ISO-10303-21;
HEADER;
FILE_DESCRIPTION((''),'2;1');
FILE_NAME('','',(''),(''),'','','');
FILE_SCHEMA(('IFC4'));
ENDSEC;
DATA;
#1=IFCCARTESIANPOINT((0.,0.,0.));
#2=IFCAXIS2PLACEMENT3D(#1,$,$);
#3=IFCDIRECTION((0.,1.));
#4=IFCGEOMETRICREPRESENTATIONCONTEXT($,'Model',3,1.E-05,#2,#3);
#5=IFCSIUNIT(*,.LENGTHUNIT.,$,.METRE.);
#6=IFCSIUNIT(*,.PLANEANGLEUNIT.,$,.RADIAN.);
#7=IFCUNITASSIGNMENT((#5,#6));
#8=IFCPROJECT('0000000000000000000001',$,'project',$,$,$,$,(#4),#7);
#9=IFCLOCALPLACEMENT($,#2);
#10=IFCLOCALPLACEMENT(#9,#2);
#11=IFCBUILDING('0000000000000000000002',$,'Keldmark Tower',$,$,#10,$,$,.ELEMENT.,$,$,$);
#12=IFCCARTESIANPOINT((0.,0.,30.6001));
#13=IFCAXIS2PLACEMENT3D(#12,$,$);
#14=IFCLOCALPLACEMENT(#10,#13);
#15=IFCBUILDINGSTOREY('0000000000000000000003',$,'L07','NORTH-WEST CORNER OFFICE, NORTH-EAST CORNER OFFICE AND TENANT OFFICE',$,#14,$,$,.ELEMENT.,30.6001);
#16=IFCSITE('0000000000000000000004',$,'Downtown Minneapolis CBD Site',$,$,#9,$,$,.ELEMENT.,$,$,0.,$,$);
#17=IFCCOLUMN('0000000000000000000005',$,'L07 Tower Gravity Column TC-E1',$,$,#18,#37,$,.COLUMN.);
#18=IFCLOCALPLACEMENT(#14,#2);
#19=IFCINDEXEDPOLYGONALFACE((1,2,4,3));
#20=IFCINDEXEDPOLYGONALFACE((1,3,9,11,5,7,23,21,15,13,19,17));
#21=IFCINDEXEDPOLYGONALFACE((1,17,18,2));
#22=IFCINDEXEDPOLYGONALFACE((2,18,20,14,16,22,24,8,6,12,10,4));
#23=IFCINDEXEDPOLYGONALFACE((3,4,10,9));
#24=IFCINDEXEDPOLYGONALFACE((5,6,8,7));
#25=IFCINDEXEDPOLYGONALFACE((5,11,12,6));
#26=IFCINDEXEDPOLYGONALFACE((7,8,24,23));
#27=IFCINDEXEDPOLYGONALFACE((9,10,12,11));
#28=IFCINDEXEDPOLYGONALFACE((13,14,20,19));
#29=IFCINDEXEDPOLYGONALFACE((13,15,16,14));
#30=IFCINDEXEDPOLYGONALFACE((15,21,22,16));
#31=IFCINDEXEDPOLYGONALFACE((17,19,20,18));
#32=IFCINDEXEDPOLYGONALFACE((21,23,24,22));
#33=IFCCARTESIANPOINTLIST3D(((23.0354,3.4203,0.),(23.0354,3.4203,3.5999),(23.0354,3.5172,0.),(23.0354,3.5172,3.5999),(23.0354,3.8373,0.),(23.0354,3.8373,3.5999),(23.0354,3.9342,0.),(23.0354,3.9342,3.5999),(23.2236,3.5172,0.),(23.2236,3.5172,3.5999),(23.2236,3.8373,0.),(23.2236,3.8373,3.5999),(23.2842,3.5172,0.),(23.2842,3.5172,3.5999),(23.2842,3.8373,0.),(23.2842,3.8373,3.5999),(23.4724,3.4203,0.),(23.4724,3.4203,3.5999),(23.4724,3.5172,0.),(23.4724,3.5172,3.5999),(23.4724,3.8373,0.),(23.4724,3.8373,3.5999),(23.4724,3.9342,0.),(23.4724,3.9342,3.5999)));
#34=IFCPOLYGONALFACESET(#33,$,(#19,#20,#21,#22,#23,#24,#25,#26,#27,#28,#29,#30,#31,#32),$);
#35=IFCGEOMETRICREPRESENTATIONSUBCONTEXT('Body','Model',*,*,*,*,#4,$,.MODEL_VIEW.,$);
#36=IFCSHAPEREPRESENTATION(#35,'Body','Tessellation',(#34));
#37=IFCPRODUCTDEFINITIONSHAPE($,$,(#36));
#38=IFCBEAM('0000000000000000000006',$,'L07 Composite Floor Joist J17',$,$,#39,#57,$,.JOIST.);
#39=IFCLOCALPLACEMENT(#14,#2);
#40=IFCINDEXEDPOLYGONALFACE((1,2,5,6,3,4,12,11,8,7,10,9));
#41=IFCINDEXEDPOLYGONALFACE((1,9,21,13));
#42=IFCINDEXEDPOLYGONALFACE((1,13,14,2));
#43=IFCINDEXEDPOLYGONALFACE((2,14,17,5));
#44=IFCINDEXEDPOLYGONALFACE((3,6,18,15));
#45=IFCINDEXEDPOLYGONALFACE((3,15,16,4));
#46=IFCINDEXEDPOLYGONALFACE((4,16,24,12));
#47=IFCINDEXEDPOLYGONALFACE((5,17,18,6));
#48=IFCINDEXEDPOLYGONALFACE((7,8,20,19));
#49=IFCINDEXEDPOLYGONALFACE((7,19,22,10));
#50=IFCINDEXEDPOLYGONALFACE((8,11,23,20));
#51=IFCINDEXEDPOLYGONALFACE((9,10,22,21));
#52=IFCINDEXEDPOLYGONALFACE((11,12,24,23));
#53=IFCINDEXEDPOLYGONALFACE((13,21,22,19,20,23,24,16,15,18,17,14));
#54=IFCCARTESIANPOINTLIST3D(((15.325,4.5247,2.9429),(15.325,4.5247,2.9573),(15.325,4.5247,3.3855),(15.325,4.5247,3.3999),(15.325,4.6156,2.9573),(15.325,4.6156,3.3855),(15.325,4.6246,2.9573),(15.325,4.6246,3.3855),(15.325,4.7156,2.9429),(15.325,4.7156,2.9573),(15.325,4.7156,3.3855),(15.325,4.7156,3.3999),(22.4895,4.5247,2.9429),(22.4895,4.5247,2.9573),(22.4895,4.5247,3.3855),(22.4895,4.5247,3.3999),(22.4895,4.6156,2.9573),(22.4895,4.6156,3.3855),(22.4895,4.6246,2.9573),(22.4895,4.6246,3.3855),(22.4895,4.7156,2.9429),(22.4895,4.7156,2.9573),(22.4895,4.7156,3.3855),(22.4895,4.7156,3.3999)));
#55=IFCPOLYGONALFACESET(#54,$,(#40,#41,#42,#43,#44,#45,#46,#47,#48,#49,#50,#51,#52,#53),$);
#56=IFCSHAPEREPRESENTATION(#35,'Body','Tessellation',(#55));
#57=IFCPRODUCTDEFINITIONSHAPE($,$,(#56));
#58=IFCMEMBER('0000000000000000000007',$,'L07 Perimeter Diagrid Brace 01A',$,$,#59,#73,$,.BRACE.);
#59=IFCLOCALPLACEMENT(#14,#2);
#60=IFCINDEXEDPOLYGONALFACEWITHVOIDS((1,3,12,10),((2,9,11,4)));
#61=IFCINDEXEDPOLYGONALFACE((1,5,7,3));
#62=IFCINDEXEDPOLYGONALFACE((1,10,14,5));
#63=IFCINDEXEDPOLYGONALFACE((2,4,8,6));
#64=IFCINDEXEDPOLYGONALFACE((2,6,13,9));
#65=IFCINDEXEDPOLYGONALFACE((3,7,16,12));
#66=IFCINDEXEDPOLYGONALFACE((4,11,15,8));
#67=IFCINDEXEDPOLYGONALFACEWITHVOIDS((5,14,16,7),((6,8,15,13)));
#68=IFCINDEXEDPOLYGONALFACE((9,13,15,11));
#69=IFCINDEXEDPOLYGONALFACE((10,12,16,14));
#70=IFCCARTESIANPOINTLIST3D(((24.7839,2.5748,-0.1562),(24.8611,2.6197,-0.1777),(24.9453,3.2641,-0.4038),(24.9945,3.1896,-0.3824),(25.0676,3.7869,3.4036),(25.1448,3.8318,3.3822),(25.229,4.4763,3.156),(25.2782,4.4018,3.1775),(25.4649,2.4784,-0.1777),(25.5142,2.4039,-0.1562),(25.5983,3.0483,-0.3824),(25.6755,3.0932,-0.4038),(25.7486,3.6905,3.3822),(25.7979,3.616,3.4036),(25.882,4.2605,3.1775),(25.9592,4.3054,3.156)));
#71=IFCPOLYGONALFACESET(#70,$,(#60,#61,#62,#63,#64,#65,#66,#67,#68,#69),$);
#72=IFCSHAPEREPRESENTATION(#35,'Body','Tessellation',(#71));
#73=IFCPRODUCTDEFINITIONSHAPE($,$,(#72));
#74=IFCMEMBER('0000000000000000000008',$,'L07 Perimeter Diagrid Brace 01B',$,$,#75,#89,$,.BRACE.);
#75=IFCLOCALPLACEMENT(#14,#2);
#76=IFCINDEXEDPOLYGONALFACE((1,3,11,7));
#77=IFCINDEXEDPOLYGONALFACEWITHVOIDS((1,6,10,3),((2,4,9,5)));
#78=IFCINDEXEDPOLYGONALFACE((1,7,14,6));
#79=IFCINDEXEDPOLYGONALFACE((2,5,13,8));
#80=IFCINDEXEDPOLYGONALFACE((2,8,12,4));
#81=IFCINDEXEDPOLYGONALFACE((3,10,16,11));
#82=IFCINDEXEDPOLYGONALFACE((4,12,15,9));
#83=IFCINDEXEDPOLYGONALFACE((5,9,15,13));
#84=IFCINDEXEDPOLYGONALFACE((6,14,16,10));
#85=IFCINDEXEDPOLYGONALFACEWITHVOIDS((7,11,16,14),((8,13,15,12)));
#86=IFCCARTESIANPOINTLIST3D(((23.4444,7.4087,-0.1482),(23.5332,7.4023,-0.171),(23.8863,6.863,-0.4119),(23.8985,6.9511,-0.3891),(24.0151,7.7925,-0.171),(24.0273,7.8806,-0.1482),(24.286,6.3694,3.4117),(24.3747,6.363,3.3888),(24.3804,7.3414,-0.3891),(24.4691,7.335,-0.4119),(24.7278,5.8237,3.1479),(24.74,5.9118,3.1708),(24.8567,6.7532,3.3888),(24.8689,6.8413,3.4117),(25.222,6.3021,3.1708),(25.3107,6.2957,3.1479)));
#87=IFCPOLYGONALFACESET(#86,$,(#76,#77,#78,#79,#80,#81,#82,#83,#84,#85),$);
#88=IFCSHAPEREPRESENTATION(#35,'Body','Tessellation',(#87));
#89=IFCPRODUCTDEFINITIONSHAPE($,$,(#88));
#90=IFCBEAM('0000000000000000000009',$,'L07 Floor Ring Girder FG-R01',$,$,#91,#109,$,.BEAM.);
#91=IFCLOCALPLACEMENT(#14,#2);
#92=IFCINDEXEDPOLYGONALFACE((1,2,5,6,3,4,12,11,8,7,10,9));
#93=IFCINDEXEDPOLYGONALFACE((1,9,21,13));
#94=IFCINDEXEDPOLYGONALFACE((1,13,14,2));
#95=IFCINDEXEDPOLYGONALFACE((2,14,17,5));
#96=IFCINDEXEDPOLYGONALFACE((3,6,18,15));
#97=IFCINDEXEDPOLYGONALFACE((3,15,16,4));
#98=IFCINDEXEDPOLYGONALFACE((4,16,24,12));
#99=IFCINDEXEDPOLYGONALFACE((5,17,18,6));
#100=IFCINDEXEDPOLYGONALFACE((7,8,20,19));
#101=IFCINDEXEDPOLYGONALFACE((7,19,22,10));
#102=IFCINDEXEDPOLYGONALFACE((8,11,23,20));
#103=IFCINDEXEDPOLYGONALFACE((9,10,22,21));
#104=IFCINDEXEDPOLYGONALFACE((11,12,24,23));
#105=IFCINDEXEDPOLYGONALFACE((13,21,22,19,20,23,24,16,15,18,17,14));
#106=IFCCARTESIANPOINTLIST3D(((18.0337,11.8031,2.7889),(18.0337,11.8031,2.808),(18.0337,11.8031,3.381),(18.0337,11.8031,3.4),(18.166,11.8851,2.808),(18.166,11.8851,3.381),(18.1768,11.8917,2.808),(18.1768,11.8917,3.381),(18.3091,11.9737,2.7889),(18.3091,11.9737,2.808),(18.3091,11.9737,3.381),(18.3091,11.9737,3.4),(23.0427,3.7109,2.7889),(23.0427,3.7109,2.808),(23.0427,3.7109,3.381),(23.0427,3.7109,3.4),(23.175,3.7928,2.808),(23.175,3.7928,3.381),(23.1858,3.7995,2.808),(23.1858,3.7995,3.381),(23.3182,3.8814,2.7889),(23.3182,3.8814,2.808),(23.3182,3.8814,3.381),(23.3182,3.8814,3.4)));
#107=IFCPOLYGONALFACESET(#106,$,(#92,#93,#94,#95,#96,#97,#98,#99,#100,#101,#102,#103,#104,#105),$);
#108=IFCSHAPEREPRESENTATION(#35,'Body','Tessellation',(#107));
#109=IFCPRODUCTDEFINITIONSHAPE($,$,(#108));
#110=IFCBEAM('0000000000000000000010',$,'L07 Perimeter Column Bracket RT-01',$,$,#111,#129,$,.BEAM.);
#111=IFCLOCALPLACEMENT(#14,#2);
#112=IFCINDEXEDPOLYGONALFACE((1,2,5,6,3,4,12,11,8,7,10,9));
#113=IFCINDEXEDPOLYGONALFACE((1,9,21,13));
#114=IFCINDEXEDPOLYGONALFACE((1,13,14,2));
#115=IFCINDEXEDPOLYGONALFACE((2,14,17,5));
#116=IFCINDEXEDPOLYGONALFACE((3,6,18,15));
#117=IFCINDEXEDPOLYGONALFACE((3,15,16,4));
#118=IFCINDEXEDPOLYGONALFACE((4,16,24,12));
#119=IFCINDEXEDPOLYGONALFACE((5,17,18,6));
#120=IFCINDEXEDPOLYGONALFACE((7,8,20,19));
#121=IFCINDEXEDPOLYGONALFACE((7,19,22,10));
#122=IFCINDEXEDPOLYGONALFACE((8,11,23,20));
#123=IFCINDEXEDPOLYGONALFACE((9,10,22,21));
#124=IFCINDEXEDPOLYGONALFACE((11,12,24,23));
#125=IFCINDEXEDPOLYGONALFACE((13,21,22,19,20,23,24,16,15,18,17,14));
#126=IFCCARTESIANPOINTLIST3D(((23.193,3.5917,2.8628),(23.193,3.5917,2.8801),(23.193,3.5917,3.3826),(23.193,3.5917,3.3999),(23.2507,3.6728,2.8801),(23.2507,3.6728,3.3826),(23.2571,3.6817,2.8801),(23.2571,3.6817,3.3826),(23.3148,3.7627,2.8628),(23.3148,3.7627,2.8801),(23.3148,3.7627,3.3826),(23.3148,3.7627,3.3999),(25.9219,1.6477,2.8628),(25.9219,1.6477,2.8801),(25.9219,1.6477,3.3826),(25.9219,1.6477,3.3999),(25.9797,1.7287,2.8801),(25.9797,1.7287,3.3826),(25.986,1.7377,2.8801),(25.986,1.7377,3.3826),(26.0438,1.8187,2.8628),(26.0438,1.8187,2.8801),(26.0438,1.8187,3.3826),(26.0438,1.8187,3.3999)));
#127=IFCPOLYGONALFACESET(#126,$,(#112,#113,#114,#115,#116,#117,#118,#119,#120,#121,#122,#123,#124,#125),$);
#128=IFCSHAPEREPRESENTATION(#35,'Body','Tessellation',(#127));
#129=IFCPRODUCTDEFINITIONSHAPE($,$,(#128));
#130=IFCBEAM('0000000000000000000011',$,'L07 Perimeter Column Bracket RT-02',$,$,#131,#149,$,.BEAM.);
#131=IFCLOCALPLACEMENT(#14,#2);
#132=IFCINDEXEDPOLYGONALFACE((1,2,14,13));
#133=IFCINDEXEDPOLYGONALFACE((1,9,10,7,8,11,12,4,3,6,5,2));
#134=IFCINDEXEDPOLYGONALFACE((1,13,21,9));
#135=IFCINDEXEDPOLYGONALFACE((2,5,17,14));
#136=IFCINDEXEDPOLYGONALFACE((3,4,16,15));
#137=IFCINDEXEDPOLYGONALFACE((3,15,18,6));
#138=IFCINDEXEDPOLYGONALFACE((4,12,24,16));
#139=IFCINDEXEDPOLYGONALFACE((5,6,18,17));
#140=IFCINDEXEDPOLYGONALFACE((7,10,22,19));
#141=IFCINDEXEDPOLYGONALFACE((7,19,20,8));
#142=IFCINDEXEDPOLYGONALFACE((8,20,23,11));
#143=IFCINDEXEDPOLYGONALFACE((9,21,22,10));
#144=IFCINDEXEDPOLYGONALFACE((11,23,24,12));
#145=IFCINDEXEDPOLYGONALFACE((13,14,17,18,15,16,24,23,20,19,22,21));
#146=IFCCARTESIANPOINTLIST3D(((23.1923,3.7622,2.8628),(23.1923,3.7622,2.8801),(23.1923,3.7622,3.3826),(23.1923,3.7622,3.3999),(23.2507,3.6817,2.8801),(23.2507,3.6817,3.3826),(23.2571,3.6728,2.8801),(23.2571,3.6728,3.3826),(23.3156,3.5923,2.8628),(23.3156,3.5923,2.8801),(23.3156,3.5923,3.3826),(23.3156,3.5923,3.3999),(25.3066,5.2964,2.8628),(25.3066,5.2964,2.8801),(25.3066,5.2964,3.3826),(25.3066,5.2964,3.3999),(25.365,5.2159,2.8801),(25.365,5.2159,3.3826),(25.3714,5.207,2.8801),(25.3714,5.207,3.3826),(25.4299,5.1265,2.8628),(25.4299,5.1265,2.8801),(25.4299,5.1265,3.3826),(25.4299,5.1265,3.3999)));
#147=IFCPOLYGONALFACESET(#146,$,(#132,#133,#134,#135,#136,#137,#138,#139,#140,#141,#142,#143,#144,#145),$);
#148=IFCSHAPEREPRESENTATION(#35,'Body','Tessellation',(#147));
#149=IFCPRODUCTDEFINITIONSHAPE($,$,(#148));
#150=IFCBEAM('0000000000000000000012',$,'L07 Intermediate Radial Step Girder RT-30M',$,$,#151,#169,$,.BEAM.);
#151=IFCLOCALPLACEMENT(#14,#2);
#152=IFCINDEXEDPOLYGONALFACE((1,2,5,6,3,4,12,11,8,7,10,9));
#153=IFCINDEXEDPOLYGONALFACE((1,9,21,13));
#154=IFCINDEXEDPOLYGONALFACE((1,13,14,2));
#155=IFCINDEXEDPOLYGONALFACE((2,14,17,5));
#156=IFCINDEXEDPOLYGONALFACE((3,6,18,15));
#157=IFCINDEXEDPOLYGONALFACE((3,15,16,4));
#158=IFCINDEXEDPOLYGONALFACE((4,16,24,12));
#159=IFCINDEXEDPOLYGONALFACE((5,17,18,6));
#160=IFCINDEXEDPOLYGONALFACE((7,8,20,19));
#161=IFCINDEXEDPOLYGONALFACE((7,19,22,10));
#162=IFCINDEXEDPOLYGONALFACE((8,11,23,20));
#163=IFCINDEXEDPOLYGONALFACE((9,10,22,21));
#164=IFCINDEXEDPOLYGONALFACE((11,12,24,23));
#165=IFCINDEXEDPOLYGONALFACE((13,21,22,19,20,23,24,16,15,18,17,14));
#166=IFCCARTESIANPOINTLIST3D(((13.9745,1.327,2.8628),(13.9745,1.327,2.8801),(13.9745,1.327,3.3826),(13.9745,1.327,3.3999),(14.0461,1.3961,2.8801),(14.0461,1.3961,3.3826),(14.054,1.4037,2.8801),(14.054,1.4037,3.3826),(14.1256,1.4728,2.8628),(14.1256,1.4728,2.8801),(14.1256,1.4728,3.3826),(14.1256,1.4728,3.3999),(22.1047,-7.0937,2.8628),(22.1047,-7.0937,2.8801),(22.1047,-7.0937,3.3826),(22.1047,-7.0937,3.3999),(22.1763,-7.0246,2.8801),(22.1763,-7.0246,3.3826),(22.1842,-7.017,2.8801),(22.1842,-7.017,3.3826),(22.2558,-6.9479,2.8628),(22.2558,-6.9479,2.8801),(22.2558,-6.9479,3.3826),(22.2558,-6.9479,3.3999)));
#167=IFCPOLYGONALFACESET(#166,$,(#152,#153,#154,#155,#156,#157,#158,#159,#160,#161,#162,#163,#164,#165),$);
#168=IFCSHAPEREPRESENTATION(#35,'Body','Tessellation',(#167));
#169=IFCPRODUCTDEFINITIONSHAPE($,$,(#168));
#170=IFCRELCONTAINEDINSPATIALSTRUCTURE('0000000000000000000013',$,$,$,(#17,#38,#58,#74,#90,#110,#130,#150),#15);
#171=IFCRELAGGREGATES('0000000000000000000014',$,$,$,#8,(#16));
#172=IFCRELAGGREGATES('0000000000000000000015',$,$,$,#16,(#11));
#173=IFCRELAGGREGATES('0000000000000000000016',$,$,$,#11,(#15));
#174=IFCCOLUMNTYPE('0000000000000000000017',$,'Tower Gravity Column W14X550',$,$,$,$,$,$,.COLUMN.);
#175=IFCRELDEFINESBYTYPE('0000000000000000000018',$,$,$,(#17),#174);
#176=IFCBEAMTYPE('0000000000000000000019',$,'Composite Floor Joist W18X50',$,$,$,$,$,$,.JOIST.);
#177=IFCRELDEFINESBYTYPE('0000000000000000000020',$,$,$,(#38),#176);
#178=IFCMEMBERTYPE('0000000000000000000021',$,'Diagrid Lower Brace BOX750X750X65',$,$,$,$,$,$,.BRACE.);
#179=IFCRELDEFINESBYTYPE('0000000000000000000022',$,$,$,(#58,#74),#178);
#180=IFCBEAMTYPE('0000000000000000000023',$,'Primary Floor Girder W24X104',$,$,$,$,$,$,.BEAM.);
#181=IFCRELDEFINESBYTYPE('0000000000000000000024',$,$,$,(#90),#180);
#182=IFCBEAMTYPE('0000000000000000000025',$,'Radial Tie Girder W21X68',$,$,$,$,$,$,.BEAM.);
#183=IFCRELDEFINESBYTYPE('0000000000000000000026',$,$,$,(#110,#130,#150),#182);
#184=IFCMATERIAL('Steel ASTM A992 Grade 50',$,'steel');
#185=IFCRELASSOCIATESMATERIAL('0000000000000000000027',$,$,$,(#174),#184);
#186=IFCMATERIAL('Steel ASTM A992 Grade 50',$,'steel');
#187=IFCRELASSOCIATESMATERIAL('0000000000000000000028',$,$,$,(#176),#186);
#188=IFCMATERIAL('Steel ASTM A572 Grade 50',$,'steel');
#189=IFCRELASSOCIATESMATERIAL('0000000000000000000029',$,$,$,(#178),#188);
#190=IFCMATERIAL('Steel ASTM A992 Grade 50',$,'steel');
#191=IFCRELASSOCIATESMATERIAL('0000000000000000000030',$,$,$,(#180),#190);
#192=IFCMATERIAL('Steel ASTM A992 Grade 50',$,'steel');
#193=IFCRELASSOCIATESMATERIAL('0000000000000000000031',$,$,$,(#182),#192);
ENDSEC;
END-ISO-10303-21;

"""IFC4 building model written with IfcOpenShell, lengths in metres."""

from ifc_helpers import new_model, si_unit, direction, frame, origin, origin_2d, place, context, subcontext, project, spatial, hollow_rectangle, i_section, extrude, material, material_profile, profile_set, type_object, element, save


model = new_model("IFC4")

# Units and contexts
model_context = context("Model", 3, precision=1e-05, world=origin(), true_north=direction((0.0, 1.0)))
body_context = subcontext(model_context, "Body", "Model", "MODEL_VIEW")
ifc_project = project(units=[si_unit("LENGTHUNIT", "METRE"), si_unit("PLANEANGLEUNIT", "RADIAN")], contexts=[model_context])

# Site, building, storey
site_placement = place(None, origin())
site = spatial("IfcSite", under=ifc_project, at=site_placement, Name="Downtown Minneapolis CBD Site", CompositionType="ELEMENT", RefElevation=0.0)
building_placement = place(site_placement, origin())
building = spatial("IfcBuilding", under=site, at=building_placement, Name="Keldmark Tower", CompositionType="ELEMENT")
storey_placement = place(building_placement, frame((0.0, 0.0, 30.6001)))
storey = spatial("IfcBuildingStorey", under=building, at=storey_placement, Name="L07", Description="NORTH-WEST CORNER OFFICE, NORTH-EAST CORNER OFFICE AND TENANT OFFICE", CompositionType="ELEMENT", Elevation=30.6001)

# Column
ifc_material_1 = material(Name="Steel ASTM A992 Grade 50", Category="steel")
ifc_material_profile_1 = material_profile(ifc_material_1, i_section(OverallWidth=0.437, OverallDepth=0.5139, WebThickness=0.0605, FlangeThickness=0.0969, at=origin_2d()), Name="W14X550")
ifc_profile_set_1 = profile_set([ifc_material_profile_1], Name="Steel ASTM A992 Grade 50")
column_type = type_object("IfcColumnType", Name="Tower Gravity Column W14X550", PredefinedType="COLUMN", material=ifc_profile_set_1)
column_placement = place(storey_placement, frame((23.2539, 3.6772, 0.0), z_axis=(0.0, 0.0, 1.0), x_axis=(1.0, 0.0, 0.0)))
element("IfcColumn", 1, at=column_placement, inside=storey, type_object=column_type, Name="L07 Tower Gravity Column TC-E1", PredefinedType="COLUMN", context=body_context, shape_type="SweptSolid", body=[
    extrude(i_section(OverallWidth=0.437, OverallDepth=0.5139, WebThickness=0.0605, FlangeThickness=0.0969, at=origin_2d()), origin(), (0.0, 0.0, 1.0), 3.5999),
])

# Beam
ifc_material_2 = material(Name="Steel ASTM A992 Grade 50", Category="steel")
ifc_material_profile_2 = material_profile(ifc_material_2, i_section(OverallWidth=0.1909, OverallDepth=0.457, WebThickness=0.009, FlangeThickness=0.0144, at=origin_2d()), Name="W18X50")
ifc_profile_set_2 = profile_set([ifc_material_profile_2], Name="Steel ASTM A992 Grade 50")
beam_type_1 = type_object("IfcBeamType", Name="Composite Floor Joist W18X50", PredefinedType="JOIST", material=ifc_profile_set_2)
beam_1_placement = place(storey_placement, frame((15.325, 4.6201, 3.1714), z_axis=(1.0, 0.0, 0.0), x_axis=(0.0, 1.0, 0.0)))
element("IfcBeam", 2, at=beam_1_placement, inside=storey, type_object=beam_type_1, Name="L07 Composite Floor Joist J17", PredefinedType="JOIST", context=body_context, shape_type="SweptSolid", body=[
    extrude(i_section(OverallWidth=0.1909, OverallDepth=0.457, WebThickness=0.009, FlangeThickness=0.0144, at=origin_2d()), origin(), (0.0, 0.0, 1.0), 7.1646),
])

# Members
ifc_material_3 = material(Name="Steel ASTM A572 Grade 50", Category="steel")
ifc_material_profile_3 = material_profile(ifc_material_3, hollow_rectangle(XDim=0.75, YDim=0.75, WallThickness=0.0649, at=origin_2d()), Name="BOX750X750X65")
ifc_profile_set_3 = profile_set([ifc_material_profile_3], Name="Steel ASTM A572 Grade 50")
member_type = type_object("IfcMemberType", Name="Diagrid Lower Brace BOX750X750X65", PredefinedType="BRACE", material=ifc_profile_set_3)
member_1_placement = place(storey_placement, frame((25.2297, 2.834, -0.28), z_axis=(0.075225, 0.321424, 0.943943), x_axis=(-0.973689, 0.227881, 0.0)))
element("IfcMember", 3, at=member_1_placement, inside=storey, type_object=member_type, Name="L07 Perimeter Diagrid Brace 01A", PredefinedType="BRACE", context=body_context, shape_type="SweptSolid", body=[
    extrude(hollow_rectangle(XDim=0.75, YDim=0.75, WallThickness=0.0649, at=origin_2d()), origin(), (0.0, 0.0, 1.0), 3.7712),
])
member_2_placement = place(storey_placement, frame((23.9568, 7.3718, -0.28), z_axis=(0.221303, -0.273306, 0.936124), x_axis=(0.777168, 0.629293, 0.0)))
element("IfcMember", 4, at=member_2_placement, inside=storey, type_object=member_type, Name="L07 Perimeter Diagrid Brace 01B", PredefinedType="BRACE", context=body_context, shape_type="SweptSolid", body=[
    extrude(hollow_rectangle(XDim=0.75, YDim=0.75, WallThickness=0.0649, at=origin_2d()), origin(), (0.0, 0.0, 1.0), 3.8027),
])

# Beams
ifc_material_4 = material(Name="Steel ASTM A992 Grade 50", Category="steel")
ifc_material_profile_4 = material_profile(ifc_material_4, i_section(OverallWidth=0.324, OverallDepth=0.6111, WebThickness=0.0127, FlangeThickness=0.019, at=origin_2d()), Name="W24X104")
ifc_profile_set_4 = profile_set([ifc_material_profile_4], Name="Steel ASTM A992 Grade 50")
beam_type_2 = type_object("IfcBeamType", Name="Primary Floor Girder W24X104", PredefinedType="BEAM", material=ifc_profile_set_4)
beam_2_placement = place(storey_placement, frame((23.1804, 3.7961, 3.0945), z_axis=(-0.526318, 0.850288, 0.0), x_axis=(-0.850288, -0.526318, 0.0)))
element("IfcBeam", 5, at=beam_2_placement, inside=storey, type_object=beam_type_2, Name="L07 Floor Ring Girder FG-R01", PredefinedType="BEAM", context=body_context, shape_type="SweptSolid", body=[
    extrude(i_section(OverallWidth=0.324, OverallDepth=0.6111, WebThickness=0.0127, FlangeThickness=0.019, at=origin_2d()), origin(), (0.0, 0.0, 1.0), 9.5171),
])
ifc_material_5 = material(Name="Steel ASTM A992 Grade 50", Category="steel")
ifc_material_profile_5 = material_profile(ifc_material_5, i_section(OverallWidth=0.21, OverallDepth=0.5371, WebThickness=0.011, FlangeThickness=0.0173, at=origin_2d()), Name="W21X68")
ifc_profile_set_5 = profile_set([ifc_material_profile_5], Name="Steel ASTM A992 Grade 50")
beam_type_3 = type_object("IfcBeamType", Name="Radial Tie Girder W21X68", PredefinedType="BEAM", material=ifc_profile_set_5)
beam_3_placement = place(storey_placement, frame((23.2539, 3.6772, 3.1313), z_axis=(0.814466, -0.580211, 0.0), x_axis=(0.580211, 0.814466, 0.0)))
element("IfcBeam", 6, at=beam_3_placement, inside=storey, type_object=beam_type_3, Name="L07 Perimeter Column Bracket RT-01", PredefinedType="BEAM", context=body_context, shape_type="SweptSolid", body=[
    extrude(i_section(OverallWidth=0.21, OverallDepth=0.5371, WebThickness=0.011, FlangeThickness=0.0173, at=origin_2d()), origin(), (0.0, 0.0, 1.0), 3.3506),
])
beam_4_placement = place(storey_placement, frame((23.2539, 3.6772, 3.1313), z_axis=(0.809366, 0.587304, 0.0), x_axis=(-0.587304, 0.809366, 0.0)))
element("IfcBeam", 7, at=beam_4_placement, inside=storey, type_object=beam_type_3, Name="L07 Perimeter Column Bracket RT-02", PredefinedType="BEAM", context=body_context, shape_type="SweptSolid", body=[
    extrude(i_section(OverallWidth=0.21, OverallDepth=0.5371, WebThickness=0.011, FlangeThickness=0.0173, at=origin_2d()), origin(), (0.0, 0.0, 1.0), 2.6123),
])
beam_5_placement = place(storey_placement, frame((14.05, 1.3999, 3.1313), z_axis=(0.694587, -0.719408, 0.0), x_axis=(0.719408, 0.694587, 0.0)))
element("IfcBeam", 8, at=beam_5_placement, inside=storey, type_object=beam_type_3, Name="L07 Intermediate Radial Step Girder RT-30M", PredefinedType="BEAM", context=body_context, shape_type="SweptSolid", body=[
    extrude(i_section(OverallWidth=0.21, OverallDepth=0.5371, WebThickness=0.011, FlangeThickness=0.0173, at=origin_2d()), origin(), (0.0, 0.0, 1.0), 11.7051),
])

save(model, "model.ifc")
